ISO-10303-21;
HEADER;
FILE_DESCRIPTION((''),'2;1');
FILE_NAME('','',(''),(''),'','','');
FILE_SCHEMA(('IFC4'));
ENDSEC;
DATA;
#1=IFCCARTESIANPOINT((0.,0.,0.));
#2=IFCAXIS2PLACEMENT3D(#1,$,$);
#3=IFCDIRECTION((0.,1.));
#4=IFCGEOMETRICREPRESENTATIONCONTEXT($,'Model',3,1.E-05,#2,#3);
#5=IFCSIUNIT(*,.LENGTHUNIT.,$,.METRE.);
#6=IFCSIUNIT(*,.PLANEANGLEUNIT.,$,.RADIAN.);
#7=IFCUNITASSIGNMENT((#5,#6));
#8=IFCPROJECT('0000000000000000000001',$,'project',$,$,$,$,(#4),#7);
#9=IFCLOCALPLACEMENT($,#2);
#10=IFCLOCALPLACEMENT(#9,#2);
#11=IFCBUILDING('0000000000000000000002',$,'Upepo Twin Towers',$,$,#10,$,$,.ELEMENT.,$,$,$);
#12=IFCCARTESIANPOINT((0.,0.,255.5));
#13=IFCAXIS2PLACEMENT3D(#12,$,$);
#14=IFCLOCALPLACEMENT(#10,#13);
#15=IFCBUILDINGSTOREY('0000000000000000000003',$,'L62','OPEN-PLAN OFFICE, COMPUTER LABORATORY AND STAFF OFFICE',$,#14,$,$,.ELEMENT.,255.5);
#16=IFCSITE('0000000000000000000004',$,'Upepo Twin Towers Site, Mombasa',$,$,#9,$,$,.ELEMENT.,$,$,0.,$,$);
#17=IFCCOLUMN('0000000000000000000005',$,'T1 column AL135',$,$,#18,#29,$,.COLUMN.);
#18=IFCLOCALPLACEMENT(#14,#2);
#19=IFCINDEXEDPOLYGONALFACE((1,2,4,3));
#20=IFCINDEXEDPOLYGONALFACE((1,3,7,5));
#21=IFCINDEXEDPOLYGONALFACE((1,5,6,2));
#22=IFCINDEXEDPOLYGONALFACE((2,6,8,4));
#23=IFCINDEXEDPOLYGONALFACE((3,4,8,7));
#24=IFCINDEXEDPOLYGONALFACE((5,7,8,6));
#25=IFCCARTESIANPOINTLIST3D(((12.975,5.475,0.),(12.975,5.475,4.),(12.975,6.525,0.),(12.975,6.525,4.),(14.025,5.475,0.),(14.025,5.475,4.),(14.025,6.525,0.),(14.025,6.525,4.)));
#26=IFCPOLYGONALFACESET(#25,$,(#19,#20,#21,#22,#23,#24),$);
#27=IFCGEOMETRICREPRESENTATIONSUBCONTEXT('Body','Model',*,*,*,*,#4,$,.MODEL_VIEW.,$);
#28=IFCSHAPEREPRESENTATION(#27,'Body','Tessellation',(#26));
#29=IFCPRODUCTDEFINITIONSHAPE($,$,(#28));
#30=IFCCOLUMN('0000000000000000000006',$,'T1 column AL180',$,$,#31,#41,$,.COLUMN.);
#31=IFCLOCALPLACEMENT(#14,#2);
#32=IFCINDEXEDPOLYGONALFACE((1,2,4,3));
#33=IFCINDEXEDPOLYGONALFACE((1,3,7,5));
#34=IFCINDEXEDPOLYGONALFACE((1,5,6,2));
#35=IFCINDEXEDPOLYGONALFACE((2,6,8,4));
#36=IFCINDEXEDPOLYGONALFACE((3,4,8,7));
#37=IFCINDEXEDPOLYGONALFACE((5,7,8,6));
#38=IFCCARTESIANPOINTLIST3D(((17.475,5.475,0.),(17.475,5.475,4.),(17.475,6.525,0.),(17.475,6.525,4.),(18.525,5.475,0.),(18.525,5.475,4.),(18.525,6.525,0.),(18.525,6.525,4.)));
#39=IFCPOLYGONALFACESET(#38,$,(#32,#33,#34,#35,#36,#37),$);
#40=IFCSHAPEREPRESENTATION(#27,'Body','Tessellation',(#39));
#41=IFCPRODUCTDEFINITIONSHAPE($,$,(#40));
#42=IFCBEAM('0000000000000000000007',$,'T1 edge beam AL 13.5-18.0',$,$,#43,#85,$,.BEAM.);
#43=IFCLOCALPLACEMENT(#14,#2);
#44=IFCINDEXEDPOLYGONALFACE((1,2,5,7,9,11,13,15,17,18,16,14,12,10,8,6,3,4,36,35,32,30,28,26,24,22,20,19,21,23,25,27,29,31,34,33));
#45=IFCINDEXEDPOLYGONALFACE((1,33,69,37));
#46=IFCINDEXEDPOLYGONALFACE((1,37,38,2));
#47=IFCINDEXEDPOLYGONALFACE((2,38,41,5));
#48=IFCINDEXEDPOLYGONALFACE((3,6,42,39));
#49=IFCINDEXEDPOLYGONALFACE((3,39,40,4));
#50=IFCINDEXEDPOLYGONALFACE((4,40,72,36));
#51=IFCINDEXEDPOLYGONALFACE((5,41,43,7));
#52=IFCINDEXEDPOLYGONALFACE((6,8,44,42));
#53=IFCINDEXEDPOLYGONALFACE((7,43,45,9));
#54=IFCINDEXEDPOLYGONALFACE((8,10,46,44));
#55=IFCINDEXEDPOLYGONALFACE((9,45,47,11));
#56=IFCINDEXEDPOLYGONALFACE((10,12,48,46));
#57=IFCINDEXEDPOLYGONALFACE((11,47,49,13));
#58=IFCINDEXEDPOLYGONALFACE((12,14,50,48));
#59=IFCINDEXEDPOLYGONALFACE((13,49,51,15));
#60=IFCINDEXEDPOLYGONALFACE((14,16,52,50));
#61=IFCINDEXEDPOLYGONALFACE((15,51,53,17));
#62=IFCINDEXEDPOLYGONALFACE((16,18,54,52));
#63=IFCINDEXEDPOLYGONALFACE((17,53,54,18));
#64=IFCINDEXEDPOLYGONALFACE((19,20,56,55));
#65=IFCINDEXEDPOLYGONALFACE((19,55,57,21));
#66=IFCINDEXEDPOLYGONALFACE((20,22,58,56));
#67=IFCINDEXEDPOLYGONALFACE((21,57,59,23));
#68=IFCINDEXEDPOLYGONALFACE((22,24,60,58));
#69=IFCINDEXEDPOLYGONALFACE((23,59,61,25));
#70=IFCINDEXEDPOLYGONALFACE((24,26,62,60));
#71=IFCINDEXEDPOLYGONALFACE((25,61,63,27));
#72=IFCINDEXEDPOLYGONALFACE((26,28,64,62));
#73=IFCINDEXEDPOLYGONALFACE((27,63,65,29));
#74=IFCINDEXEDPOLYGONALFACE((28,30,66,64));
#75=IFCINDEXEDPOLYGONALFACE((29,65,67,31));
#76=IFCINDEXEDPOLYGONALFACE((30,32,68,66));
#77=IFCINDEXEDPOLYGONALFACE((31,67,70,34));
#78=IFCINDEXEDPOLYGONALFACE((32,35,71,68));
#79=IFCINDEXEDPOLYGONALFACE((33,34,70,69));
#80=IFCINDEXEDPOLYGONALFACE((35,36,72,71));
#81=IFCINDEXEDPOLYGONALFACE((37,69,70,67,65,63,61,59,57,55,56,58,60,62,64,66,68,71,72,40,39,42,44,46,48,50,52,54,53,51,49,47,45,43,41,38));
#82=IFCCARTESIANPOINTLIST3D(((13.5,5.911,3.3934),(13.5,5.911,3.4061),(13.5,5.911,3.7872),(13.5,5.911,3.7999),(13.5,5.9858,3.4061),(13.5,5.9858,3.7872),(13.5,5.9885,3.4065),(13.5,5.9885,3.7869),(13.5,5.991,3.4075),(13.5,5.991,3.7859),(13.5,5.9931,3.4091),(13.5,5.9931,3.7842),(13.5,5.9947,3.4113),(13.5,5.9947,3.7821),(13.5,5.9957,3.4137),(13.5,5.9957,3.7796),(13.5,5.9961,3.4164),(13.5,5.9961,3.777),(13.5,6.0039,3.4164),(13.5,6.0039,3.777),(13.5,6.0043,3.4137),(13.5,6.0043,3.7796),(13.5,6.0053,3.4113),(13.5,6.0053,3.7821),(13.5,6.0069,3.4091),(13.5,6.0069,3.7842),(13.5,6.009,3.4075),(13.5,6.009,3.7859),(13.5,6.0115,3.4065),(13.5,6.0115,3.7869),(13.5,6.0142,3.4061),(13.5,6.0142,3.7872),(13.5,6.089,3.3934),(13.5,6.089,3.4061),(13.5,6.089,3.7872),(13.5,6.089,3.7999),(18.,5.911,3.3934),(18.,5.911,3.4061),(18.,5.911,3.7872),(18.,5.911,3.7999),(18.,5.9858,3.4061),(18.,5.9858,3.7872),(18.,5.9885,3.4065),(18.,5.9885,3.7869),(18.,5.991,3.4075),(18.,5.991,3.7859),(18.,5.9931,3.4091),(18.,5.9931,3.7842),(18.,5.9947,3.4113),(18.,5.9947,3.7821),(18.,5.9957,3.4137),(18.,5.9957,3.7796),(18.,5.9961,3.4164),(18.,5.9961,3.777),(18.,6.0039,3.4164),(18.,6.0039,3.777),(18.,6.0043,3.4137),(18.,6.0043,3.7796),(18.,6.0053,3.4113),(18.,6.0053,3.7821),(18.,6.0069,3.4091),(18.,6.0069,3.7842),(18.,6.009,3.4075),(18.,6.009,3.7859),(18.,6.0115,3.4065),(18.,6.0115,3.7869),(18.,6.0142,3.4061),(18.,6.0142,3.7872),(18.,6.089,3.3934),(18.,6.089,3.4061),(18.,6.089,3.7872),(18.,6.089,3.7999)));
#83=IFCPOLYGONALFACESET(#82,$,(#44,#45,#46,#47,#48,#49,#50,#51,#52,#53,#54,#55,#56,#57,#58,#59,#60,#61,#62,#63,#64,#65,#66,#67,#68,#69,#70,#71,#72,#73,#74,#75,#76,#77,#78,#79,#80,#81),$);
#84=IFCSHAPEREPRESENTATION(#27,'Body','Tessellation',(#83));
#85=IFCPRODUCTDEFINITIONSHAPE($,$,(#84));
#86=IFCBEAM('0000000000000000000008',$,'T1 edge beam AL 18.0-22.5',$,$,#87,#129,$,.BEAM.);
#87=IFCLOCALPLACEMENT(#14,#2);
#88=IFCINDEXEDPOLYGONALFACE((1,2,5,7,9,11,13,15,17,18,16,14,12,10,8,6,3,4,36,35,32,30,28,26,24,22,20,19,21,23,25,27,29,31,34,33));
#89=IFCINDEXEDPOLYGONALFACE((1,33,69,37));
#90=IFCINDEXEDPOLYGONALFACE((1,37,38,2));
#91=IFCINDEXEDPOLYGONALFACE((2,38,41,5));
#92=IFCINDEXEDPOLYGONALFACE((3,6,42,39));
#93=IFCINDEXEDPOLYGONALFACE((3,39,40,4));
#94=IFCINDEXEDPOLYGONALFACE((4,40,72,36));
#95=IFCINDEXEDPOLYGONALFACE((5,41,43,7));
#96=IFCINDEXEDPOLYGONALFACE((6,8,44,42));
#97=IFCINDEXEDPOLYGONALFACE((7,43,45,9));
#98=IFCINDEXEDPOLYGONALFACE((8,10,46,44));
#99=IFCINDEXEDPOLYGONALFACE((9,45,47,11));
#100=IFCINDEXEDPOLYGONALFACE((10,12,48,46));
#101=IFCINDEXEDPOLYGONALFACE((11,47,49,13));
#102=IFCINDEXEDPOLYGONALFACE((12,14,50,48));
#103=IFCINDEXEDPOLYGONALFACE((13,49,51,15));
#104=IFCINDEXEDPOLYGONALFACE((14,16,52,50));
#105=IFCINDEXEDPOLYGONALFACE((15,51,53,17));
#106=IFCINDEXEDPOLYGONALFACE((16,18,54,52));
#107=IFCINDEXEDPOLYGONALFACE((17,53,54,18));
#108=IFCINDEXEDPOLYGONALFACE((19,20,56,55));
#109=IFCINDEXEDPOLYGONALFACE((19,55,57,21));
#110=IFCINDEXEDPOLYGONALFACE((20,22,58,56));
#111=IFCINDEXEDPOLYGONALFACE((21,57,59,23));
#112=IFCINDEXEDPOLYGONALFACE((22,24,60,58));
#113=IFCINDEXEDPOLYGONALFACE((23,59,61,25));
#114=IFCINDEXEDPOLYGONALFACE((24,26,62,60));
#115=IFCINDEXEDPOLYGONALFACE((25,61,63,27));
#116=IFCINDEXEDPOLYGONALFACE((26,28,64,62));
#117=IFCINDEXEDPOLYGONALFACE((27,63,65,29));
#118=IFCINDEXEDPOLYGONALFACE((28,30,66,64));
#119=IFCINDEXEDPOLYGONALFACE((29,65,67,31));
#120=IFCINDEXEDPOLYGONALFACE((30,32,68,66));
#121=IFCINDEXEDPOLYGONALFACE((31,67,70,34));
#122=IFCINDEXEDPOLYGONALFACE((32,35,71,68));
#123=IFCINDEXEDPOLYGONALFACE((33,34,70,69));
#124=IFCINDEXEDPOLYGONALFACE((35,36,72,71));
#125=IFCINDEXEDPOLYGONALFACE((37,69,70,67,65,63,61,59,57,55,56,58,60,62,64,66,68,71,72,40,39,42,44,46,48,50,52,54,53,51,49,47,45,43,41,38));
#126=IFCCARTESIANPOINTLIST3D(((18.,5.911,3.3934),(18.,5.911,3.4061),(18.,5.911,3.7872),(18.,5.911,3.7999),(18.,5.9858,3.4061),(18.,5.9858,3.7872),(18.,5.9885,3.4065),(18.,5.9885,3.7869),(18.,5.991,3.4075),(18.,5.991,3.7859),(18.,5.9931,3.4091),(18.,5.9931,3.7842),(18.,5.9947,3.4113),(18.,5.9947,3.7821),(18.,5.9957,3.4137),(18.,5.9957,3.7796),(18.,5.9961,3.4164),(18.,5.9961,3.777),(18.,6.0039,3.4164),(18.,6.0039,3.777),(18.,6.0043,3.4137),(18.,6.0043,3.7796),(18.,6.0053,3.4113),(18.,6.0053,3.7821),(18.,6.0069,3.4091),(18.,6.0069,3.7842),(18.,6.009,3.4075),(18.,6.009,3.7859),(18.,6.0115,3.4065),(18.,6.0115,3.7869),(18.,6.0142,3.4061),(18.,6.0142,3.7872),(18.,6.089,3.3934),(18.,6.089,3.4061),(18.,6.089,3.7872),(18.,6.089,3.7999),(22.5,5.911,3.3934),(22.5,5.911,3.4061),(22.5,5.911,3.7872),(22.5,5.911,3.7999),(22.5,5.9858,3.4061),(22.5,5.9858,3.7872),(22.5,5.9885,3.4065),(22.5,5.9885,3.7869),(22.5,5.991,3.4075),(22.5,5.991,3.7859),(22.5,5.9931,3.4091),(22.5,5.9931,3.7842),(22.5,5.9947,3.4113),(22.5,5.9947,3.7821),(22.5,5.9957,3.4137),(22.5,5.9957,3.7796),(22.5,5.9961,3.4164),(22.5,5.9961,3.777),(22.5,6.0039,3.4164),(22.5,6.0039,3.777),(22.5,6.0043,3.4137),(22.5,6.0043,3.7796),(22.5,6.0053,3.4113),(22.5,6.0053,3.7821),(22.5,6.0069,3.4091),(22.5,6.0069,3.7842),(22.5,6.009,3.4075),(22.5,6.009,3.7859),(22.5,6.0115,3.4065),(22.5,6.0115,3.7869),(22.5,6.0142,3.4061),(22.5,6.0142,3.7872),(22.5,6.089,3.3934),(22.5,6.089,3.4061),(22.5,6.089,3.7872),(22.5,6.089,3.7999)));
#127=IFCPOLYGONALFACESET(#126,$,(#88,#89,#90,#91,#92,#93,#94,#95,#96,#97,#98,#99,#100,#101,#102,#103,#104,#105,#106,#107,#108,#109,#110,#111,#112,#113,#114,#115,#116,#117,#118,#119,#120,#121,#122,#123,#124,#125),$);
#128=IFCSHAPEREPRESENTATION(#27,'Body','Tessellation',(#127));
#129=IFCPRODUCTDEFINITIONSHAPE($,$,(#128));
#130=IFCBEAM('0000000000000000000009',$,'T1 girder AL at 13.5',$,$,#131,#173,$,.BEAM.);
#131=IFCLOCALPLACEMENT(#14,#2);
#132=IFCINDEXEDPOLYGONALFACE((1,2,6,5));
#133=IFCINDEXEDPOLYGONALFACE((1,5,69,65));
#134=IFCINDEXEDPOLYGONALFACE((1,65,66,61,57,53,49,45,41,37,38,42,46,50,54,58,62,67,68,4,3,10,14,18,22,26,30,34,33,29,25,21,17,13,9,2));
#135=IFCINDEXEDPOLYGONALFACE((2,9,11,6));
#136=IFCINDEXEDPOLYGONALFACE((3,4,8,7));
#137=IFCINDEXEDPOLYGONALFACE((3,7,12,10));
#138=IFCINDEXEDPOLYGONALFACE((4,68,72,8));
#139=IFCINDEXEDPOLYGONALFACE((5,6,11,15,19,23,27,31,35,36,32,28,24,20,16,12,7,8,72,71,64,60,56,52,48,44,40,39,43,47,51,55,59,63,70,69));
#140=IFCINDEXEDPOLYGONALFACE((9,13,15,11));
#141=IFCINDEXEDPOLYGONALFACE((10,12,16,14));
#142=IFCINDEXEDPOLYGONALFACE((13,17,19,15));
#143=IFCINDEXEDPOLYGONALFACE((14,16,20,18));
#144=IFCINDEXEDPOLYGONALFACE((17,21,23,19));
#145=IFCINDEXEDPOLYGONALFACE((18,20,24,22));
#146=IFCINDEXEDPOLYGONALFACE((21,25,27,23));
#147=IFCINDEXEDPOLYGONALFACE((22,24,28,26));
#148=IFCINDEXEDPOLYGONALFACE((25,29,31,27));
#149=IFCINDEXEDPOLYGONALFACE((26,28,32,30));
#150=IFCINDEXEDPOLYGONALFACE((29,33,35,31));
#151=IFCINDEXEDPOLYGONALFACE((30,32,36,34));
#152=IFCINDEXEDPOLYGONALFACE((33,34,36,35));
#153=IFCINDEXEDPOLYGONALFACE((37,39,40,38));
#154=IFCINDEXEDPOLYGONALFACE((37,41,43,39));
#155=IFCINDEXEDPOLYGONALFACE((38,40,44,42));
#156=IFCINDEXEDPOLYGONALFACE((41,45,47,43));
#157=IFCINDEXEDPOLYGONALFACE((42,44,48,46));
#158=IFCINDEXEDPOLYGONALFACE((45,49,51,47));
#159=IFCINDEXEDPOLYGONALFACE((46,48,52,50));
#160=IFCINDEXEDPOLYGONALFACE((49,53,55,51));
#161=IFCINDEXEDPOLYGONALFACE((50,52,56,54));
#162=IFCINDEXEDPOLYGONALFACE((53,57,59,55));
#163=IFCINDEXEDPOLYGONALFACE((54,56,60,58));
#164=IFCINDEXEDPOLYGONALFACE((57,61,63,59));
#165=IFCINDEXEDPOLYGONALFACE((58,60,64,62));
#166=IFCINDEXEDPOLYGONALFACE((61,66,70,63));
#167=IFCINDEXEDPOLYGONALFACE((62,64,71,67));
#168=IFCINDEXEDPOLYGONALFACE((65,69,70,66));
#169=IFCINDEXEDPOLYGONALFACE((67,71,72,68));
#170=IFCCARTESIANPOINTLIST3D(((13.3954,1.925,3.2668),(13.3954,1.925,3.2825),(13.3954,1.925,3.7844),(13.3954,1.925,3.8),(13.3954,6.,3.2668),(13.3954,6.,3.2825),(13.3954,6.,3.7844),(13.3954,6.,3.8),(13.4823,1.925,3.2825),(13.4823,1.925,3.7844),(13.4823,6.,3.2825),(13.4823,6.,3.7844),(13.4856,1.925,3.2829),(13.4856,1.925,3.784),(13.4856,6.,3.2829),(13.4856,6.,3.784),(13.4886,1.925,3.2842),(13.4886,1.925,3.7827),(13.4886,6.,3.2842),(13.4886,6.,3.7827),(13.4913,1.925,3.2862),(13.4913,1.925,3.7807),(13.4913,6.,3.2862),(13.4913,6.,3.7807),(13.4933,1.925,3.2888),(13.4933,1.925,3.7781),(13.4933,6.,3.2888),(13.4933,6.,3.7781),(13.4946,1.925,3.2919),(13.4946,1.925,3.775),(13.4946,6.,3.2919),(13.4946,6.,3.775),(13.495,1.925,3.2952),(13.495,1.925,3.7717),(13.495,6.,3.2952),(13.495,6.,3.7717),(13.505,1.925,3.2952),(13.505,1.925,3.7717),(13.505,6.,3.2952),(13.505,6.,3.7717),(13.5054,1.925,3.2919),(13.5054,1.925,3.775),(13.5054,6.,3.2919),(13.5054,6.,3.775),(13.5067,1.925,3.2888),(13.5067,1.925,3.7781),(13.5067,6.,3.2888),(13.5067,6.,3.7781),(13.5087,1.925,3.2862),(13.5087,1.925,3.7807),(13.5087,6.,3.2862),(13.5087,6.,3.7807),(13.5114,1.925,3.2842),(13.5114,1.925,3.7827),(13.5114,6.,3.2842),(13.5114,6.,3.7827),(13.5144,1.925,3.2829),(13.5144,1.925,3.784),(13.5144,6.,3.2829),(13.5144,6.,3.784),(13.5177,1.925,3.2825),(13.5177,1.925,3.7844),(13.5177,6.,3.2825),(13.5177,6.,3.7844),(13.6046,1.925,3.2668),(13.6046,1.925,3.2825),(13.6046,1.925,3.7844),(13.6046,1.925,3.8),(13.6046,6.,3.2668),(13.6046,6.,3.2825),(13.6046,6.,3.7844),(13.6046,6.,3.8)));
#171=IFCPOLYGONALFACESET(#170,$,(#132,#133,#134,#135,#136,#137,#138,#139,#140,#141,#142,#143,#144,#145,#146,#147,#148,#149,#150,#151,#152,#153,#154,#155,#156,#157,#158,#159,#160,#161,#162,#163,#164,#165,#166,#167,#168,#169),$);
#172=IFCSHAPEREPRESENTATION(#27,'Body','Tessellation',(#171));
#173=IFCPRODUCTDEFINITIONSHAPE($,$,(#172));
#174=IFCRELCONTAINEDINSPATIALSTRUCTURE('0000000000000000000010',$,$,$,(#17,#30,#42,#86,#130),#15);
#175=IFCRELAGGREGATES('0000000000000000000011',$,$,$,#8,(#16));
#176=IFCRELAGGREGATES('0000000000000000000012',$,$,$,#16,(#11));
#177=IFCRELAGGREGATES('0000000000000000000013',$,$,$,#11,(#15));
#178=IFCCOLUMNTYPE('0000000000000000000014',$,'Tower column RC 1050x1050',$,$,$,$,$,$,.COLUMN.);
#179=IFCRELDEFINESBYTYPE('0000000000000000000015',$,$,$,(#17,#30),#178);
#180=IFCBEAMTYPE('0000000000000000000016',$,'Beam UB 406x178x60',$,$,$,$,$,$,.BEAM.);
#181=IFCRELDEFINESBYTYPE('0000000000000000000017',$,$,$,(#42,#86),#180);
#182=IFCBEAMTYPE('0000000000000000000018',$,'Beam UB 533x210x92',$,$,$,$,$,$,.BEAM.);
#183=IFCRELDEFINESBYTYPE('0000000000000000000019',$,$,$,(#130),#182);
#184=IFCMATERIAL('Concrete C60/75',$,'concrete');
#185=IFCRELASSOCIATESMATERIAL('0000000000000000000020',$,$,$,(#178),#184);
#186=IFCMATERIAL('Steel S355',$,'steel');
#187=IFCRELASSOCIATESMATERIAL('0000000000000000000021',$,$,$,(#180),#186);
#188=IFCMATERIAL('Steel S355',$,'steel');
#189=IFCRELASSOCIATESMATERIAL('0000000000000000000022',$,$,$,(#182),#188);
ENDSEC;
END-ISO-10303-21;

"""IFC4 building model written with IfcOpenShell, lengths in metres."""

from ifc_helpers import new_model, si_unit, direction, frame, origin, origin_2d, place, context, subcontext, project, spatial, rectangle, i_section, extrude, material, material_profile, profile_set, type_object, element, save


model = new_model("IFC4")

# Units and contexts
model_context = context("Model", 3, precision=1e-05, world=origin(), true_north=direction((0.0, 1.0)))
body_context = subcontext(model_context, "Body", "Model", "MODEL_VIEW")
ifc_project = project(units=[si_unit("LENGTHUNIT", "METRE"), si_unit("PLANEANGLEUNIT", "RADIAN")], contexts=[model_context])

# Site, building, storey
site_placement = place(None, origin())
site = spatial("IfcSite", under=ifc_project, at=site_placement, Name="Upepo Twin Towers Site, Mombasa", CompositionType="ELEMENT", RefElevation=0.0)
building_placement = place(site_placement, origin())
building = spatial("IfcBuilding", under=site, at=building_placement, Name="Upepo Twin Towers", CompositionType="ELEMENT")
storey_placement = place(building_placement, frame((0.0, 0.0, 255.5)))
storey = spatial("IfcBuildingStorey", under=building, at=storey_placement, Name="L62", Description="OPEN-PLAN OFFICE, COMPUTER LABORATORY AND STAFF OFFICE", CompositionType="ELEMENT", Elevation=255.5)

# Columns
ifc_material_1 = material(Name="Concrete C60/75", Category="concrete")
ifc_material_profile_1 = material_profile(ifc_material_1, rectangle(XDim=1.05, YDim=1.05, at=origin_2d()), Name="RC 1050x1050")
ifc_profile_set_1 = profile_set([ifc_material_profile_1], Name="Concrete C60/75")
column_type = type_object("IfcColumnType", Name="Tower column RC 1050x1050", PredefinedType="COLUMN", material=ifc_profile_set_1)
for number, where, z_axis, x_axis, name in (
    (1, (13.5, 6.0, 0.0), (0.0, 0.0, 1.0), (1.0, 0.0, 0.0), "T1 column AL135"),
    (2, (18.0, 6.0, 0.0), (0.0, 0.0, 1.0), (1.0, 0.0, 0.0), "T1 column AL180"),
):
    element("IfcColumn", number, at=place(storey_placement, frame(where, z_axis=z_axis, x_axis=x_axis)), inside=storey, type_object=column_type, Name=name, PredefinedType="COLUMN", context=body_context, shape_type="SweptSolid", body=[
        extrude(rectangle(XDim=1.05, YDim=1.05, at=origin_2d()), origin(), (0.0, 0.0, 1.0), 4.0),
    ])

# Beams
ifc_material_2 = material(Name="Steel S355", Category="steel")
ifc_material_profile_2 = material_profile(ifc_material_2, i_section(OverallWidth=0.178, OverallDepth=0.4065, WebThickness=0.0078, FlangeThickness=0.0127, FilletRadius=0.0103, at=origin_2d()), Name="UB 406x178x60")
ifc_profile_set_2 = profile_set([ifc_material_profile_2], Name="Steel S355")
beam_type_1 = type_object("IfcBeamType", Name="Beam UB 406x178x60", PredefinedType="BEAM", material=ifc_profile_set_2)
for number, where, z_axis, x_axis, name in (
    (3, (13.5, 6.0, 3.5967), (1.0, 0.0, 0.0), (0.0, 1.0, 0.0), "T1 edge beam AL 13.5-18.0"),
    (4, (18.0, 6.0, 3.5967), (1.0, 0.0, 0.0), (0.0, 1.0, 0.0), "T1 edge beam AL 18.0-22.5"),
):
    element("IfcBeam", number, at=place(storey_placement, frame(where, z_axis=z_axis, x_axis=x_axis)), inside=storey, type_object=beam_type_1, Name=name, PredefinedType="BEAM", context=body_context, shape_type="SweptSolid", body=[
        extrude(i_section(OverallWidth=0.178, OverallDepth=0.4065, WebThickness=0.0078, FlangeThickness=0.0127, FilletRadius=0.0103, at=origin_2d()), origin(), (0.0, 0.0, 1.0), 4.5),
    ])
ifc_material_3 = material(Name="Steel S355", Category="steel")
ifc_material_profile_3 = material_profile(ifc_material_3, i_section(OverallWidth=0.2092, OverallDepth=0.5332, WebThickness=0.01, FlangeThickness=0.0156, FilletRadius=0.0127, at=origin_2d()), Name="UB 533x210x92")
ifc_profile_set_3 = profile_set([ifc_material_profile_3], Name="Steel S355")
beam_type_2 = type_object("IfcBeamType", Name="Beam UB 533x210x92", PredefinedType="BEAM", material=ifc_profile_set_3)
for number, where, z_axis, x_axis, name in (
    (5, (13.5, 6.0, 3.5334), (0.0, -1.0, 0.0), (1.0, 0.0, 0.0), "T1 girder AL at 13.5"),
):
    element("IfcBeam", number, at=place(storey_placement, frame(where, z_axis=z_axis, x_axis=x_axis)), inside=storey, type_object=beam_type_2, Name=name, PredefinedType="BEAM", context=body_context, shape_type="SweptSolid", body=[
        extrude(i_section(OverallWidth=0.2092, OverallDepth=0.5332, WebThickness=0.01, FlangeThickness=0.0156, FilletRadius=0.0127, at=origin_2d()), origin(), (0.0, 0.0, 1.0), 4.075),
    ])

save(model, "model.ifc")
